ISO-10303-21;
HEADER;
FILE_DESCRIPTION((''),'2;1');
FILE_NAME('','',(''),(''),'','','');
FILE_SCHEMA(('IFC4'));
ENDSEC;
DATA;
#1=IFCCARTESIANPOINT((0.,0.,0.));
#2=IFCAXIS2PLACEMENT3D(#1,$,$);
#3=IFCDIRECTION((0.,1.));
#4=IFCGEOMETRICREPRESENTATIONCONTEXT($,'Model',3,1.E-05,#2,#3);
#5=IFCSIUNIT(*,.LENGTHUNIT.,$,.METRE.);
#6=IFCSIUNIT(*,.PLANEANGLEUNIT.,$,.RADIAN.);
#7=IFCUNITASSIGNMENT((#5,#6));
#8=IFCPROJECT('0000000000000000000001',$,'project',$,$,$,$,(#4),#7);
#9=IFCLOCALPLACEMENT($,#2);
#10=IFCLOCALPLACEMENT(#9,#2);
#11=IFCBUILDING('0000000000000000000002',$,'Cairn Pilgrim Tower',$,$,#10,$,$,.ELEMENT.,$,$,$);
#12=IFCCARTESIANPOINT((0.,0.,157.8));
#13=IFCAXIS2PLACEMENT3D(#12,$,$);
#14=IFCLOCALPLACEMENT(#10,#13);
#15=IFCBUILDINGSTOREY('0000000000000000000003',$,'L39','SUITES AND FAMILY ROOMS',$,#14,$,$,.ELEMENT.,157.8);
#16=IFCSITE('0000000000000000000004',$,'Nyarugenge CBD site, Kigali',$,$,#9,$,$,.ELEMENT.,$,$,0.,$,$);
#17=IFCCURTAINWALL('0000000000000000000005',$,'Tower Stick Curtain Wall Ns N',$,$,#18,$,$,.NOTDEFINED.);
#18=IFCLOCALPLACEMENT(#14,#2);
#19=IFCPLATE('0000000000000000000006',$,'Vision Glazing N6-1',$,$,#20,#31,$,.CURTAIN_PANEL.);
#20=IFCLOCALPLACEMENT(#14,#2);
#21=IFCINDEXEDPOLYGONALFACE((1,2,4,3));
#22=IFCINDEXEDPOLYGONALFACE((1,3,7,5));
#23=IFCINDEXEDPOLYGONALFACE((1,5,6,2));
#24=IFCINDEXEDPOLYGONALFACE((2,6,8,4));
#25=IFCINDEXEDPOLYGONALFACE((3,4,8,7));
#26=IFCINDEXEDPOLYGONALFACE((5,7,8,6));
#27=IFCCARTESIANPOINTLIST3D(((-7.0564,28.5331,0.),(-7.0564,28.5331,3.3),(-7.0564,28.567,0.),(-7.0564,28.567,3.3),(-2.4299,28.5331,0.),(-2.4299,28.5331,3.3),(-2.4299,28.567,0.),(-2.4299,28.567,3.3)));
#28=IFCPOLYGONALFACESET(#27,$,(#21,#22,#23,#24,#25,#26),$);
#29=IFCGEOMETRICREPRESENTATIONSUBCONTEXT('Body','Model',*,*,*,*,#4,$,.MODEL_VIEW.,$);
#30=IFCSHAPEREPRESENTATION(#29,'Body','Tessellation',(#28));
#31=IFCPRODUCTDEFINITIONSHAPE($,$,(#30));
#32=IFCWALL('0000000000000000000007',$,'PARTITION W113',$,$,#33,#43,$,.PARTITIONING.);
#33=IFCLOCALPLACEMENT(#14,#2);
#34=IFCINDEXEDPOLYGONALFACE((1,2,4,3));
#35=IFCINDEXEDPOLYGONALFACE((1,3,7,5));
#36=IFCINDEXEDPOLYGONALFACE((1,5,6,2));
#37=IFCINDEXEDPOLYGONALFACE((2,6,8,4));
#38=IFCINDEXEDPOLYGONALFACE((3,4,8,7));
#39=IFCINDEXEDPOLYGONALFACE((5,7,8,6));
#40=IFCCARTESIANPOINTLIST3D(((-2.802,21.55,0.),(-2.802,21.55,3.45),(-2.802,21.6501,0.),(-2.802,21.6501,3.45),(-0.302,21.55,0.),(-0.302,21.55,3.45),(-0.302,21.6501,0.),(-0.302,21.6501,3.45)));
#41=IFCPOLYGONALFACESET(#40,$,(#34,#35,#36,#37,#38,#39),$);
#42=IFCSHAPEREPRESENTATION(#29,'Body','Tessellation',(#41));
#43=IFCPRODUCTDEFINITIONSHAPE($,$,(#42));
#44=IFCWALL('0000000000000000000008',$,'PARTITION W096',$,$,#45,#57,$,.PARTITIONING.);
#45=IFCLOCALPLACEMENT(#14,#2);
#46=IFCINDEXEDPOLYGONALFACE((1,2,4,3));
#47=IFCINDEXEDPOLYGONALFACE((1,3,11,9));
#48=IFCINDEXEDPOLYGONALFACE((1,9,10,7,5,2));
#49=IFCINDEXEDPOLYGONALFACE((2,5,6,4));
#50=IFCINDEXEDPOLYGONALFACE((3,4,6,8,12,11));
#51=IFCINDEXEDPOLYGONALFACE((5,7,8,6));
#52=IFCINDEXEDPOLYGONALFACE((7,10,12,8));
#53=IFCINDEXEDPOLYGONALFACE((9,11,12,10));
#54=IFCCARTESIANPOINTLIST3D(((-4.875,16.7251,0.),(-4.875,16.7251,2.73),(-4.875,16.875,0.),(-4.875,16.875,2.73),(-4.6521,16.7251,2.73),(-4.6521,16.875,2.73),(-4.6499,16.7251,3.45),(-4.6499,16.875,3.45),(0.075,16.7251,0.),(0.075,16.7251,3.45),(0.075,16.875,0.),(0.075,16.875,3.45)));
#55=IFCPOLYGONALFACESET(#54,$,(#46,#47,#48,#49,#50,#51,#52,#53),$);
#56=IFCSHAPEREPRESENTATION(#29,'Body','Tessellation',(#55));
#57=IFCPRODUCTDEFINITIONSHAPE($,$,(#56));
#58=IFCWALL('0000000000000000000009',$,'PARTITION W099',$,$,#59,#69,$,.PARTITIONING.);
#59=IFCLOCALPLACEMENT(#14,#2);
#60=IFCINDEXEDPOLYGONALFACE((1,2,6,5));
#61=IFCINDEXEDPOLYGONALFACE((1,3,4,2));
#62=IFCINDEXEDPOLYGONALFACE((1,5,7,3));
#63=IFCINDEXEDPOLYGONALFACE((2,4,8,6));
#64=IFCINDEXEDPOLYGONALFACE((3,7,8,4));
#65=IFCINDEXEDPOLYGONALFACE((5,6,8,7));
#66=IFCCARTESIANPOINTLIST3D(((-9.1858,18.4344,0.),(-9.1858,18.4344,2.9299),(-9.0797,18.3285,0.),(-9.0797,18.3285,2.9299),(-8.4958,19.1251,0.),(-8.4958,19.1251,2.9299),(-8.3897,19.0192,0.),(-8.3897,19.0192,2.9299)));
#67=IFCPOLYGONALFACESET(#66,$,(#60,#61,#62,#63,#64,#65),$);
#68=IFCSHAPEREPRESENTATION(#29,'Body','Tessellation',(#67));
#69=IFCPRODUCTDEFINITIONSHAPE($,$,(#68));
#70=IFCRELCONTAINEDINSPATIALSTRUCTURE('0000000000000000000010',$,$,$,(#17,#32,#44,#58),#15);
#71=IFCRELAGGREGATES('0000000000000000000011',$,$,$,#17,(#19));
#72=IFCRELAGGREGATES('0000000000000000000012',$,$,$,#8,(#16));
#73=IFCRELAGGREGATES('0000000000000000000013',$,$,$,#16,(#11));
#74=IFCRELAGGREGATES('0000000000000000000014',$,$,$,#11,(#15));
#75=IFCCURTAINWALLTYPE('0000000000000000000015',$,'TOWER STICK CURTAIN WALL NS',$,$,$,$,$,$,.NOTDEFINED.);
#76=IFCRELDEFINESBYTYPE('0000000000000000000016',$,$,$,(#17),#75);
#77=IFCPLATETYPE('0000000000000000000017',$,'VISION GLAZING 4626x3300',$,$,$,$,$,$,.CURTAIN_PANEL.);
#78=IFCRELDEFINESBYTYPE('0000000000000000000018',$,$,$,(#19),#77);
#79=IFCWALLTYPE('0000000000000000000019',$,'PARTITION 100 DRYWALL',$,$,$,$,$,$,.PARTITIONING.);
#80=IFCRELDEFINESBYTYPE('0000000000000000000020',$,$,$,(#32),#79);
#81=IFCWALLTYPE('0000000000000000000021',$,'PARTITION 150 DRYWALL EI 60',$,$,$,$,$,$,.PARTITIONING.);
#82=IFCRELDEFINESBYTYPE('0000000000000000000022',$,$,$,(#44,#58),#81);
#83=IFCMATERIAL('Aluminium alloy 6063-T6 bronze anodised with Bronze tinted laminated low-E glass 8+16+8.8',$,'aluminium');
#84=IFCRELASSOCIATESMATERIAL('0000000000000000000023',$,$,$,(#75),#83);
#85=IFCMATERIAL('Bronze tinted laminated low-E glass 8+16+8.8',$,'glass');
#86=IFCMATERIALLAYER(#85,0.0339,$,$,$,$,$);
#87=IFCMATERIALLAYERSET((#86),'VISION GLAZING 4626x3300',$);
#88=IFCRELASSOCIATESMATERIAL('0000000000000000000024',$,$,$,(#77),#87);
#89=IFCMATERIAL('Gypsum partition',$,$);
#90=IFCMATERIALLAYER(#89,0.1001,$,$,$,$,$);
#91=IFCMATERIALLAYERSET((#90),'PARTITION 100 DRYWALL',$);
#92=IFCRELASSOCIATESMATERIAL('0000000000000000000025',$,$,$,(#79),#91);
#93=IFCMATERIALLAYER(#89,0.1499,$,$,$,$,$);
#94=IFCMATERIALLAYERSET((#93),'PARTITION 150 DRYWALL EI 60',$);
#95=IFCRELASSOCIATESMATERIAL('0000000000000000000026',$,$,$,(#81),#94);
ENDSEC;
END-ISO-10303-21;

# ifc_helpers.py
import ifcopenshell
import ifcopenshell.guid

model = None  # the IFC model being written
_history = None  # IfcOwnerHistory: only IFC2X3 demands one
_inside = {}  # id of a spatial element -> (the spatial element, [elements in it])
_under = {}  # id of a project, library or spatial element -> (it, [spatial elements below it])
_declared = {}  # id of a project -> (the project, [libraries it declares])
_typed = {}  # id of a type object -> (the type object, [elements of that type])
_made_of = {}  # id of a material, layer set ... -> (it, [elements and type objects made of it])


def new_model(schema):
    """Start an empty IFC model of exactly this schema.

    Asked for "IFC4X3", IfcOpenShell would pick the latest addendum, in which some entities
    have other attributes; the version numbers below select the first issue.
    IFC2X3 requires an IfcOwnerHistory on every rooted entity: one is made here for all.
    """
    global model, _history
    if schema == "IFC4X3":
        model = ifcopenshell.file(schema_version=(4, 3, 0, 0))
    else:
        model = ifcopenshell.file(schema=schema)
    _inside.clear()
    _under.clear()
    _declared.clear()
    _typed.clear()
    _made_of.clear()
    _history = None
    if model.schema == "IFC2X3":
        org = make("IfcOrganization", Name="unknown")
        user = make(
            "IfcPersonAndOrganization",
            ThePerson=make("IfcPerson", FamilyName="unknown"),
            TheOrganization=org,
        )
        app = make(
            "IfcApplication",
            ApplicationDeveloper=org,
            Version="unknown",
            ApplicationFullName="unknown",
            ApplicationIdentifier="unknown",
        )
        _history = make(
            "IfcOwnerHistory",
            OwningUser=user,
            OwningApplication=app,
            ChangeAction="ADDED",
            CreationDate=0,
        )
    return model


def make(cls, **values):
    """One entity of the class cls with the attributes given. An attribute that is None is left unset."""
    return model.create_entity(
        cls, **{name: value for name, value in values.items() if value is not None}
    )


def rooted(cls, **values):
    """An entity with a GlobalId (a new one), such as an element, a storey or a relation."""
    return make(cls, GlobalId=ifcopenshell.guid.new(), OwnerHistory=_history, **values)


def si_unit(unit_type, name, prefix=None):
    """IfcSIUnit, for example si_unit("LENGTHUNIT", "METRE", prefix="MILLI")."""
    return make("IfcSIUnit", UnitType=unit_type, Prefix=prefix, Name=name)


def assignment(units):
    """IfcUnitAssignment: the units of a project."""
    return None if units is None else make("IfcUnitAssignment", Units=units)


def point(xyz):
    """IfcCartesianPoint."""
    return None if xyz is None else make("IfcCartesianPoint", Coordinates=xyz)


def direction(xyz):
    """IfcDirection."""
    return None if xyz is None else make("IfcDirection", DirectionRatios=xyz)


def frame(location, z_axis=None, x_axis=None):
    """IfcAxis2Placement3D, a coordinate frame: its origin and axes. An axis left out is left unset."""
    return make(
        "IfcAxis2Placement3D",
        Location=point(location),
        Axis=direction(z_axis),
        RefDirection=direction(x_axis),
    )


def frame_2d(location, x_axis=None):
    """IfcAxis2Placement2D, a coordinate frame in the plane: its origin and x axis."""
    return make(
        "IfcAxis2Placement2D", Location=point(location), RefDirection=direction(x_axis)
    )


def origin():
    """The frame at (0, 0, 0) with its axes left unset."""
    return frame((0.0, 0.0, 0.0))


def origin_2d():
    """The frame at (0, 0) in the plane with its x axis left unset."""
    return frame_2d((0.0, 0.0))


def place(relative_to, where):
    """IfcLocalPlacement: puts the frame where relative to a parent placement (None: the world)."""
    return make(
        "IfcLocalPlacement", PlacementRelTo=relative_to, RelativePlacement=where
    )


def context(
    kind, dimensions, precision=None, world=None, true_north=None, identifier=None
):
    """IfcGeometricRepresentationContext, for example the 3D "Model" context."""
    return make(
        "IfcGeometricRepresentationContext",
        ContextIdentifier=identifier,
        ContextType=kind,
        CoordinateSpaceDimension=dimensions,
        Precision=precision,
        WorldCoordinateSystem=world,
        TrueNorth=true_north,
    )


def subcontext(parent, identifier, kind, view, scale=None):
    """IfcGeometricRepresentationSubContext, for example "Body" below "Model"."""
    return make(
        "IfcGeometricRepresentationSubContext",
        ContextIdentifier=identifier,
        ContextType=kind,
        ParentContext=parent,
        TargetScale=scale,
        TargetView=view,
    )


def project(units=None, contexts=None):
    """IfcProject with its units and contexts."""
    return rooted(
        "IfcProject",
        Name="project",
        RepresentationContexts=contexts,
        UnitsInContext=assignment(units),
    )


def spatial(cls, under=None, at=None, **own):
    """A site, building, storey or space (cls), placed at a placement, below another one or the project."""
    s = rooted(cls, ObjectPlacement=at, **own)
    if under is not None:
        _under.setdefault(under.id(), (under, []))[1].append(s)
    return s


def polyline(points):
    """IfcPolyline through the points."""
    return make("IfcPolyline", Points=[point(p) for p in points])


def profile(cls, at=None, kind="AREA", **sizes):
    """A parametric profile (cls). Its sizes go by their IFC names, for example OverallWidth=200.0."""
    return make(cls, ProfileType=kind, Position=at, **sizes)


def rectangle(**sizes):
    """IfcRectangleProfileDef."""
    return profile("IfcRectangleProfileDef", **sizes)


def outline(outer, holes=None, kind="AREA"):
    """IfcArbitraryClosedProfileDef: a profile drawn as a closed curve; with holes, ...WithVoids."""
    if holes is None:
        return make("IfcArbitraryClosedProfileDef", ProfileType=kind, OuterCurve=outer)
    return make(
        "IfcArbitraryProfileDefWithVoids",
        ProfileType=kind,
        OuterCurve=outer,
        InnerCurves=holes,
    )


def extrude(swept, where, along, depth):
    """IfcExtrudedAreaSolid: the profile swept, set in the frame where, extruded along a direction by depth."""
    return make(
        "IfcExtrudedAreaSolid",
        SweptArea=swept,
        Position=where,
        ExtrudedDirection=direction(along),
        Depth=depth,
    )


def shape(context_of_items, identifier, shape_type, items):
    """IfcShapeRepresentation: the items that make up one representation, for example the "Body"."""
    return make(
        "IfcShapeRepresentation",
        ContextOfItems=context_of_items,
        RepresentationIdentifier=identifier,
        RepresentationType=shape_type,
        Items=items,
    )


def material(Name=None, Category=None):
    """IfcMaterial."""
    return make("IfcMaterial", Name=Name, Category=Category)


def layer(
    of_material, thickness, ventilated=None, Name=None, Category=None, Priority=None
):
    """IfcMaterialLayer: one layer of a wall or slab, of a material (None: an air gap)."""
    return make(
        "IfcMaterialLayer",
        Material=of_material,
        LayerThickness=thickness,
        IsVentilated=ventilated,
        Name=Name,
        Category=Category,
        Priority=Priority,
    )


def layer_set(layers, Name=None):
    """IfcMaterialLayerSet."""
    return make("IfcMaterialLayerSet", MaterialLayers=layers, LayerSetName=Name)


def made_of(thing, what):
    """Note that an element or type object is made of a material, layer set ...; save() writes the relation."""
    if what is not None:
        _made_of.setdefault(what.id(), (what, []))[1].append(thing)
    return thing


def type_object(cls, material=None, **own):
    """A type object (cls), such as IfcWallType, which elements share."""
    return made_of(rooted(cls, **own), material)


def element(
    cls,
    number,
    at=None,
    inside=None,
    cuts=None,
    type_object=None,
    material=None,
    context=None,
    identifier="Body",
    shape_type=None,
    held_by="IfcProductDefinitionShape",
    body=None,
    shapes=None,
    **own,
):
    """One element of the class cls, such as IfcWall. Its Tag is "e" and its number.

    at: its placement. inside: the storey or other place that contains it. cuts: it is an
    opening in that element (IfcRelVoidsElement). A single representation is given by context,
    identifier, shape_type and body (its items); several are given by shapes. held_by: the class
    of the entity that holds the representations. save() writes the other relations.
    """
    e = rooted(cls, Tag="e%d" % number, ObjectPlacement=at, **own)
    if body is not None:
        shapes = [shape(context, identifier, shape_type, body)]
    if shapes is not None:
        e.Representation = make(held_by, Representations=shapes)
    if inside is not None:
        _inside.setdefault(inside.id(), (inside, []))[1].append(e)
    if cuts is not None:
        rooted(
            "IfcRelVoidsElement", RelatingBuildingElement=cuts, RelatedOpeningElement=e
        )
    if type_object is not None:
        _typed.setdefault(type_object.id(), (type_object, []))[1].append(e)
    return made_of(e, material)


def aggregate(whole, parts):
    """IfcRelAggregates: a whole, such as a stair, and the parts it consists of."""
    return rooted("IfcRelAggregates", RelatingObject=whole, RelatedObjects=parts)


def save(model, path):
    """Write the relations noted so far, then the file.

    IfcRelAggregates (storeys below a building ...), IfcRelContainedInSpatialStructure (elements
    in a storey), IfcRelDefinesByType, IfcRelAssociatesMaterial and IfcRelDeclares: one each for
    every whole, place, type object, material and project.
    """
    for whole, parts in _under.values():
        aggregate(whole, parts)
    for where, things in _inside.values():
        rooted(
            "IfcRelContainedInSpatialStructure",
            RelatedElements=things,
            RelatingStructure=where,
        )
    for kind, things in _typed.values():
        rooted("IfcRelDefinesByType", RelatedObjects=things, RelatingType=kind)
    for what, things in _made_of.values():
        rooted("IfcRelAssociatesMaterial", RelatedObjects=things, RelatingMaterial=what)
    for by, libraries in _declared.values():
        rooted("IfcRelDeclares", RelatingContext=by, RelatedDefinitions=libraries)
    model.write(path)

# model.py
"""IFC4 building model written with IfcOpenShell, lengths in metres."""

from ifc_helpers import new_model, si_unit, direction, frame, frame_2d, origin, origin_2d, place, context, subcontext, project, spatial, polyline, rectangle, outline, extrude, material, layer, layer_set, type_object, element, aggregate, save


model = new_model("IFC4")

# Units and contexts
model_context = context("Model", 3, precision=1e-05, world=origin(), true_north=direction((0.0, 1.0)))
body_context = subcontext(model_context, "Body", "Model", "MODEL_VIEW")
ifc_project = project(units=[si_unit("LENGTHUNIT", "METRE"), si_unit("PLANEANGLEUNIT", "RADIAN")], contexts=[model_context])

# Site, building, storey
site_placement = place(None, origin())
site = spatial("IfcSite", under=ifc_project, at=site_placement, Name="Nyarugenge CBD site, Kigali", CompositionType="ELEMENT", RefElevation=0.0)
building_placement = place(site_placement, origin())
building = spatial("IfcBuilding", under=site, at=building_placement, Name="Cairn Pilgrim Tower", CompositionType="ELEMENT")
storey_placement = place(building_placement, frame((0.0, 0.0, 157.8)))
storey = spatial("IfcBuildingStorey", under=building, at=storey_placement, Name="L39", Description="SUITES AND FAMILY ROOMS", CompositionType="ELEMENT", Elevation=157.8)

# Shared definitions
ifc_material_1 = material(Name="Aluminium alloy 6063-T6 bronze anodised with Bronze tinted laminated low-E glass 8+16+8.8", Category="aluminium")

# Curtain wall, plate
curtain_wall_type_1 = type_object("IfcCurtainWallType", Name="TOWER STICK CURTAIN WALL NS", PredefinedType="NOTDEFINED", material=ifc_material_1)
curtain_wall_1_placement = place(storey_placement, origin())
curtain_wall_1 = element("IfcCurtainWall", 1, at=curtain_wall_1_placement, inside=storey, type_object=curtain_wall_type_1, Name="Tower Stick Curtain Wall Ns N", PredefinedType="NOTDEFINED")
ifc_material_2 = material(Name="Bronze tinted laminated low-E glass 8+16+8.8", Category="glass")
ifc_layer_1 = layer(ifc_material_2, 0.0339)
ifc_layer_set_1 = layer_set([ifc_layer_1], Name="VISION GLAZING 4626x3300")
plate_type = type_object("IfcPlateType", Name="VISION GLAZING 4626x3300", PredefinedType="CURTAIN_PANEL", material=ifc_layer_set_1)
plate_placement = place(storey_placement, frame((-4.7432, 28.55, 0.0), z_axis=(0.0, 0.0, 1.0), x_axis=(-1.0, 0.0, 0.0)))
plate = element("IfcPlate", 2, at=plate_placement, type_object=plate_type, Name="Vision Glazing N6-1", PredefinedType="CURTAIN_PANEL", context=body_context, shape_type="SweptSolid", body=[
    extrude(rectangle(XDim=4.6265, YDim=0.0339, at=origin_2d()), origin(), (0.0, 0.0, 1.0), 3.3),
])
aggregate(curtain_wall_1, [plate])

# Walls
ifc_material_3 = material(Name="Gypsum partition")
ifc_layer_2 = layer(ifc_material_3, 0.1001)
ifc_layer_set_2 = layer_set([ifc_layer_2], Name="PARTITION 100 DRYWALL")
wall_type_1 = type_object("IfcWallType", Name="PARTITION 100 DRYWALL", PredefinedType="PARTITIONING", material=ifc_layer_set_2)
wall_1_placement = place(storey_placement, frame((-2.802, 21.6001, 0.0), z_axis=(0.0, 0.0, 1.0), x_axis=(1.0, 0.0, 0.0)))
element("IfcWall", 3, at=wall_1_placement, inside=storey, type_object=wall_type_1, Name="PARTITION W113", PredefinedType="PARTITIONING", context=body_context, shape_type="SweptSolid", body=[
    extrude(rectangle(XDim=2.5, YDim=0.1001, at=frame_2d((1.25, 0.0))), origin(), (0.0, 0.0, 1.0), 3.45),
])
ifc_layer_3 = layer(ifc_material_3, 0.1499)
ifc_layer_set_3 = layer_set([ifc_layer_3], Name="PARTITION 150 DRYWALL EI 60")
wall_type_2 = type_object("IfcWallType", Name="PARTITION 150 DRYWALL EI 60", PredefinedType="PARTITIONING", material=ifc_layer_set_3)
wall_2_placement = place(storey_placement, frame((-4.875, 16.8, 0.0), z_axis=(0.0, 0.0, 1.0), x_axis=(1.0, 0.0, 0.0)))
element("IfcWall", 4, at=wall_2_placement, inside=storey, type_object=wall_type_2, Name="PARTITION W096", PredefinedType="PARTITIONING", context=body_context, shape_type="SweptSolid", body=[
    extrude(outline(polyline([(0.0, 0.0), (4.95, 0.0), (4.95, 3.45), (0.2251, 3.45), (0.2229, 2.73), (0.0, 2.73), (0.0, 0.0)])), frame((0.0, 0.075, 0.0), z_axis=(0.0, -1.0, 0.0), x_axis=(1.0, 0.0, 0.0)), (0.0, 0.0, 1.0), 0.1499),
])
wall_3_placement = place(storey_placement, frame((-9.1328, 18.3813, 0.0), z_axis=(0.0, 0.0, 1.0), x_axis=(0.706732, 0.707482, 0.0)))
element("IfcWall", 5, at=wall_3_placement, inside=storey, type_object=wall_type_2, Name="PARTITION W099", PredefinedType="PARTITIONING", context=body_context, shape_type="SweptSolid", body=[
    extrude(rectangle(XDim=0.9763, YDim=0.1499, at=frame_2d((0.4883, 0.0))), origin(), (0.0, 0.0, 1.0), 2.9299),
])

save(model, "model.ifc")
